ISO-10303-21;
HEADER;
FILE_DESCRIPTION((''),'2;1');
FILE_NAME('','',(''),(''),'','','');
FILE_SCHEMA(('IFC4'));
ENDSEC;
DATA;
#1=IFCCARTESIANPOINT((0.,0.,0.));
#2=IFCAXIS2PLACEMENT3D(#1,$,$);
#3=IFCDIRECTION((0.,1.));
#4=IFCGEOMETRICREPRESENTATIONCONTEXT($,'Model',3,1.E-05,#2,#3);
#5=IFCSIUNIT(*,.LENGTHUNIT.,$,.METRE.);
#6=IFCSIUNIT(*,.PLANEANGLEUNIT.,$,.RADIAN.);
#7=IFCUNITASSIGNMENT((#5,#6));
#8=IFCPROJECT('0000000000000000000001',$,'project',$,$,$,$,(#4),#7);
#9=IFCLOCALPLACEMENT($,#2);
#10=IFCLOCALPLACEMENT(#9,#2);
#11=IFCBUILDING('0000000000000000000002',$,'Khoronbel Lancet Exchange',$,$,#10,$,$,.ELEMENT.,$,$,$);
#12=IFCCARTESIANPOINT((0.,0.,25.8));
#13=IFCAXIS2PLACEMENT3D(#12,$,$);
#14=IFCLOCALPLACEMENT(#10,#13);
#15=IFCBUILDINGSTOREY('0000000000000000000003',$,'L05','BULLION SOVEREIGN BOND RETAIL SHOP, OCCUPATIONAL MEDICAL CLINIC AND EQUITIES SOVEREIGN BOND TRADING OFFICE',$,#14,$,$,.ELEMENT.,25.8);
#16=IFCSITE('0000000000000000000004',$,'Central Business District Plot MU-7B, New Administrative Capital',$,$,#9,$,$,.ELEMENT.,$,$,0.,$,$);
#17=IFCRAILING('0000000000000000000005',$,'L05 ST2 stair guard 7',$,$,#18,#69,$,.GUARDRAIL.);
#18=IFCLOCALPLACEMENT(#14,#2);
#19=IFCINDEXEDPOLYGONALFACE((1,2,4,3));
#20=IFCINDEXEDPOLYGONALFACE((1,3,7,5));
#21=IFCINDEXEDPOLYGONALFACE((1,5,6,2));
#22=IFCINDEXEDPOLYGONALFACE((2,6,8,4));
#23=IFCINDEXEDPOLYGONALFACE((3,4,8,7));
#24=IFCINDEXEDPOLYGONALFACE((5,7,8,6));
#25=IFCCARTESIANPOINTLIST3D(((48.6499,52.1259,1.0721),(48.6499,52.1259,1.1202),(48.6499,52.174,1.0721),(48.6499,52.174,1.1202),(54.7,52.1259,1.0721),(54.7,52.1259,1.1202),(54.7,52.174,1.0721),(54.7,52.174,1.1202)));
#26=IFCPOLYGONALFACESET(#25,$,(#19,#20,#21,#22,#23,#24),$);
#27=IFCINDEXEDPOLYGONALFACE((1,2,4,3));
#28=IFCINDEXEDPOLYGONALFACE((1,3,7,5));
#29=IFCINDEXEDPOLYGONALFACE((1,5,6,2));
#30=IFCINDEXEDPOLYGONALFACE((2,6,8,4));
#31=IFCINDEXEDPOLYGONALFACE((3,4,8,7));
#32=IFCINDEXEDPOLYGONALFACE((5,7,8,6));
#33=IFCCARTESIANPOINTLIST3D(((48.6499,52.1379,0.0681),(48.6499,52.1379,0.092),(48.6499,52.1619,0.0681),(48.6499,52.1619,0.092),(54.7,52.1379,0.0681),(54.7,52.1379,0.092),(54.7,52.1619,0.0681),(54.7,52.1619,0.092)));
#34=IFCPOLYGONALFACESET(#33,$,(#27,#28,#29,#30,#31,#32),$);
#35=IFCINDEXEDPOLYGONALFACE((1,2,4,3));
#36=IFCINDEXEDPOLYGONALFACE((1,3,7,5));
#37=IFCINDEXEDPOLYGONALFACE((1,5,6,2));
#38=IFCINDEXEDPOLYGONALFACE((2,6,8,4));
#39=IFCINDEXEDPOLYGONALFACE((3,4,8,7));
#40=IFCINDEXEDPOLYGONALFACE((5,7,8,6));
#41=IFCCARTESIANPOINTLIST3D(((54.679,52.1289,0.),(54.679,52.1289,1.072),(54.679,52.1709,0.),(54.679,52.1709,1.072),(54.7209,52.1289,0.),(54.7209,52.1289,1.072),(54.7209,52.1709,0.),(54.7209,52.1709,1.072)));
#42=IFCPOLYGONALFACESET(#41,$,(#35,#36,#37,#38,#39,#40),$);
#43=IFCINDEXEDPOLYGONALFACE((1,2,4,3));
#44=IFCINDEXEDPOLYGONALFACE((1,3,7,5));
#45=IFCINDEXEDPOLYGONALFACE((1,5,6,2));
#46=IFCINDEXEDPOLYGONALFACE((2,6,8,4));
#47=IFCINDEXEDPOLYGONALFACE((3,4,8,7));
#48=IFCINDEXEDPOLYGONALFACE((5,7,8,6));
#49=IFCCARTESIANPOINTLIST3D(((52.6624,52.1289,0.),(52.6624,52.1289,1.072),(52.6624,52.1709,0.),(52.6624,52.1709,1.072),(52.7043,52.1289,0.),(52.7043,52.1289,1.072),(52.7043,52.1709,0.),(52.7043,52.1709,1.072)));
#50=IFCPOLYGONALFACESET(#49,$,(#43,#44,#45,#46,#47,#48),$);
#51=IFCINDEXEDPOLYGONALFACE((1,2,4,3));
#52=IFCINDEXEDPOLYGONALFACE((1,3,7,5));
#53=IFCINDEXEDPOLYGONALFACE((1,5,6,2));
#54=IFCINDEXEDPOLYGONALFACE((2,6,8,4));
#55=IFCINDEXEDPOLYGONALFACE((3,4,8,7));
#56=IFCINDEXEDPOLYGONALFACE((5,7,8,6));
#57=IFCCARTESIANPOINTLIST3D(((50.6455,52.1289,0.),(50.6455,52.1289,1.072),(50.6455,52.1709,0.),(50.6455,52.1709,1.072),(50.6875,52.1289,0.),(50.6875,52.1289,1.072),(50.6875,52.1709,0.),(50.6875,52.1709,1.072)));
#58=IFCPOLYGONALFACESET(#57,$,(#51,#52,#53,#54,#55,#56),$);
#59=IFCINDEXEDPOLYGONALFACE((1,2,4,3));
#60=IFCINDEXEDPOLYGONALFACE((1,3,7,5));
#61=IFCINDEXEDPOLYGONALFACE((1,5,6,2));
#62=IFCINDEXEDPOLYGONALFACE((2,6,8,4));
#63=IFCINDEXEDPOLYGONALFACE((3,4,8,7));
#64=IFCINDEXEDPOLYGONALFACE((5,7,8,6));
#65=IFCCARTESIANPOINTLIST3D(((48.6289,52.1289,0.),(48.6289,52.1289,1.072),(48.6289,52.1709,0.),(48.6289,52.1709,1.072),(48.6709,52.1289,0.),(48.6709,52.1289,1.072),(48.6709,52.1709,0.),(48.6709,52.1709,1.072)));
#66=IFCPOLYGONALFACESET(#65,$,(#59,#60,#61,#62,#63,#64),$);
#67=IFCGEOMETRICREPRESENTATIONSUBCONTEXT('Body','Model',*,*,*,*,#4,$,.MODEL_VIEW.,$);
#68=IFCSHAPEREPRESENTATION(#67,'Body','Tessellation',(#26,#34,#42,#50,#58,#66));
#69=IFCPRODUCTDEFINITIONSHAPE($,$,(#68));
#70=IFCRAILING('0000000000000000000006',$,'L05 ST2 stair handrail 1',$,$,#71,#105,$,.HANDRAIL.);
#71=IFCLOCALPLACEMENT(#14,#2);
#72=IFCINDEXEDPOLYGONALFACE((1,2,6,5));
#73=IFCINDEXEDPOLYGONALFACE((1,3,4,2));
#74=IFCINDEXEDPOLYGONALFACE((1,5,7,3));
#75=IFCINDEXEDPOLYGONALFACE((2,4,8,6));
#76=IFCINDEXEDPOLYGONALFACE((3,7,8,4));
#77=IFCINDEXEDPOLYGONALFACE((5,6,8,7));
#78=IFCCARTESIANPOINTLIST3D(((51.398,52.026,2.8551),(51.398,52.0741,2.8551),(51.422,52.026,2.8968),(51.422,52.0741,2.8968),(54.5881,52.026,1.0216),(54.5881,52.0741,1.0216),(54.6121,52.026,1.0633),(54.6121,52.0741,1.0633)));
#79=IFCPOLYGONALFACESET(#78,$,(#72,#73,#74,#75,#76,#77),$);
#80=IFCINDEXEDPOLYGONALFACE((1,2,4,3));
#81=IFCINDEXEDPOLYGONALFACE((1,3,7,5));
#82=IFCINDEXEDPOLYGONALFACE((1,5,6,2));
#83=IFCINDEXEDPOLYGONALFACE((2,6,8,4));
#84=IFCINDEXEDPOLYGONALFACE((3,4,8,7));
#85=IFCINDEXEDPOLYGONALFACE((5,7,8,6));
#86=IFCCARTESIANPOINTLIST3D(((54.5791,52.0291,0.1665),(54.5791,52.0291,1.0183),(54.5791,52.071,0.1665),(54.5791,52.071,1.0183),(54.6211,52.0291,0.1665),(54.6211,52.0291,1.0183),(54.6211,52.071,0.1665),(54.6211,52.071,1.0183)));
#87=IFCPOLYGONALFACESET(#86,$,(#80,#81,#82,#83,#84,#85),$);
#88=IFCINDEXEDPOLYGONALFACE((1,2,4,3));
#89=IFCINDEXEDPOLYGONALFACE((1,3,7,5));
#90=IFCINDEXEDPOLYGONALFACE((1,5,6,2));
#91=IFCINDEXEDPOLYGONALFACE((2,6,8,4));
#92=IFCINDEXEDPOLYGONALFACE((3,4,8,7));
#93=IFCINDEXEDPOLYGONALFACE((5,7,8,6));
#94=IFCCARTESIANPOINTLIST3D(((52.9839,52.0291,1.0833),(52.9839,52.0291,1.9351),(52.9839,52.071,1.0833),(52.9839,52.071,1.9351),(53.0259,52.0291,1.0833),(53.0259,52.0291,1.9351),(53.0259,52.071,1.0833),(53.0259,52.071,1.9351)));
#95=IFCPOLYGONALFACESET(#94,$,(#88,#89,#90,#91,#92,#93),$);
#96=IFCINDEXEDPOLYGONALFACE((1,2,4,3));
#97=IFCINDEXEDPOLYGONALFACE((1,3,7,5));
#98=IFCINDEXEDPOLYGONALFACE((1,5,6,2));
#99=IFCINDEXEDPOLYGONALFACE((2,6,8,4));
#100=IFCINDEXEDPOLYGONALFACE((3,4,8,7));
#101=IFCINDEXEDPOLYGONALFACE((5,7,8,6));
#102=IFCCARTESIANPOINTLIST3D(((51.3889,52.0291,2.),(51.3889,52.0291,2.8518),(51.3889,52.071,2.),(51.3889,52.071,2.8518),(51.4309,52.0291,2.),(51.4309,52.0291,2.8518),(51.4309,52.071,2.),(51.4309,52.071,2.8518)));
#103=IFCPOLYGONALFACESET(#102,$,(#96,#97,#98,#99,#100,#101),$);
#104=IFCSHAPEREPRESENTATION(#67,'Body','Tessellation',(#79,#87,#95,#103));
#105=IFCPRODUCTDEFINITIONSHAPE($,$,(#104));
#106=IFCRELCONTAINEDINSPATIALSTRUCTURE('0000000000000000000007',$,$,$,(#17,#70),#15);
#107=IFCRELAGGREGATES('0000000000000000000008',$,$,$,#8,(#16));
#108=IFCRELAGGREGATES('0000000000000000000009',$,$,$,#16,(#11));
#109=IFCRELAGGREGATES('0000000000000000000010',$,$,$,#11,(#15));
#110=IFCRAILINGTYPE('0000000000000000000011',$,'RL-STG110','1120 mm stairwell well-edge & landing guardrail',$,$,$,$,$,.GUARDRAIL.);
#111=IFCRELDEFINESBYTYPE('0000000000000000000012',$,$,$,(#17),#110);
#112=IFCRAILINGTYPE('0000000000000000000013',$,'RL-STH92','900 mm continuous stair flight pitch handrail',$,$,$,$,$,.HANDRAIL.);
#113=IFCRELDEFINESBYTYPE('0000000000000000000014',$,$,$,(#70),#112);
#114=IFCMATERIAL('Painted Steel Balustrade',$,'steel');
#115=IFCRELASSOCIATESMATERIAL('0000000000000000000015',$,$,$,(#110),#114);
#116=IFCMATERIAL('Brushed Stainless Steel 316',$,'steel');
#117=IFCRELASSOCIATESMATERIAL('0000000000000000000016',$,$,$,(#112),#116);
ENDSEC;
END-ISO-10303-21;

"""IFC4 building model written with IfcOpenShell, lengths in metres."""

from ifc_helpers import new_model, si_unit, direction, frame, origin, origin_2d, place, context, subcontext, project, spatial, rectangle, extrude, material, type_object, element, save


model = new_model("IFC4")

# Units and contexts
model_context = context("Model", 3, precision=1e-05, world=origin(), true_north=direction((0.0, 1.0)))
body_context = subcontext(model_context, "Body", "Model", "MODEL_VIEW")
ifc_project = project(units=[si_unit("LENGTHUNIT", "METRE"), si_unit("PLANEANGLEUNIT", "RADIAN")], contexts=[model_context])

# Site, building, storey
site_placement = place(None, origin())
site = spatial("IfcSite", under=ifc_project, at=site_placement, Name="Central Business District Plot MU-7B, New Administrative Capital", CompositionType="ELEMENT", RefElevation=0.0)
building_placement = place(site_placement, origin())
building = spatial("IfcBuilding", under=site, at=building_placement, Name="Khoronbel Lancet Exchange", CompositionType="ELEMENT")
storey_placement = place(building_placement, frame((0.0, 0.0, 25.8)))
storey = spatial("IfcBuildingStorey", under=building, at=storey_placement, Name="L05", Description="BULLION SOVEREIGN BOND RETAIL SHOP, OCCUPATIONAL MEDICAL CLINIC AND EQUITIES SOVEREIGN BOND TRADING OFFICE", CompositionType="ELEMENT", Elevation=25.8)

# Railings
ifc_material_1 = material(Name="Painted Steel Balustrade", Category="steel")
railing_type_1 = type_object("IfcRailingType", Name="RL-STG110", Description="1120 mm stairwell well-edge & landing guardrail", PredefinedType="GUARDRAIL", material=ifc_material_1)
railing_1_placement = place(storey_placement, frame((54.7, 52.1499, 0.0)))
element("IfcRailing", 1, at=railing_1_placement, inside=storey, type_object=railing_type_1, Name="L05 ST2 stair guard 7", PredefinedType="GUARDRAIL", context=body_context, shape_type="SweptSolid", body=[
    extrude(rectangle(XDim=0.0481, YDim=0.0481, at=origin_2d()), frame((0.0, 0.0, 1.0962), z_axis=(-1.0, 0.0, 0.0), x_axis=(0.0, -1.0, 0.0)), (0.0, 0.0, 1.0), 6.05),
    extrude(rectangle(XDim=0.0239, YDim=0.0239, at=origin_2d()), frame((0.0, 0.0, 0.0801), z_axis=(-1.0, 0.0, 0.0), x_axis=(0.0, -1.0, 0.0)), (0.0, 0.0, 1.0), 6.05),
    extrude(rectangle(XDim=0.042, YDim=0.042, at=origin_2d()), origin(), (0.0, 0.0, 1.0), 1.072),
    extrude(rectangle(XDim=0.042, YDim=0.042, at=origin_2d()), frame((-2.0166, 0.0, 0.0)), (0.0, 0.0, 1.0), 1.072),
    extrude(rectangle(XDim=0.042, YDim=0.042, at=origin_2d()), frame((-4.0334, 0.0, 0.0)), (0.0, 0.0, 1.0), 1.072),
    extrude(rectangle(XDim=0.042, YDim=0.042, at=origin_2d()), frame((-6.05, 0.0, 0.0)), (0.0, 0.0, 1.0), 1.072),
])
ifc_material_2 = material(Name="Brushed Stainless Steel 316", Category="steel")
railing_type_2 = type_object("IfcRailingType", Name="RL-STH92", Description="900 mm continuous stair flight pitch handrail", PredefinedType="HANDRAIL", material=ifc_material_2)
railing_2_placement = place(storey_placement, frame((54.6001, 52.05, 0.1665)))
element("IfcRailing", 2, at=railing_2_placement, inside=storey, type_object=railing_type_2, Name="L05 ST2 stair handrail 1", PredefinedType="HANDRAIL", context=body_context, shape_type="SweptSolid", body=[
    extrude(rectangle(XDim=0.0481, YDim=0.0481, at=origin_2d()), frame((0.0, 0.0, 0.876), z_axis=(-0.867007, 0.0, 0.498295), x_axis=(0.0, -1.0, 0.0)), (0.0, 0.0, 1.0), 3.6794),
    extrude(rectangle(XDim=0.042, YDim=0.042, at=origin_2d()), origin(), (0.0, 0.0, 1.0), 0.8518),
    extrude(rectangle(XDim=0.042, YDim=0.042, at=origin_2d()), frame((-1.5952, 0.0, 0.9167)), (0.0, 0.0, 1.0), 0.8518),
    extrude(rectangle(XDim=0.042, YDim=0.042, at=origin_2d()), frame((-3.1902, 0.0, 1.8335)), (0.0, 0.0, 1.0), 0.8518),
])

save(model, "model.ifc")
